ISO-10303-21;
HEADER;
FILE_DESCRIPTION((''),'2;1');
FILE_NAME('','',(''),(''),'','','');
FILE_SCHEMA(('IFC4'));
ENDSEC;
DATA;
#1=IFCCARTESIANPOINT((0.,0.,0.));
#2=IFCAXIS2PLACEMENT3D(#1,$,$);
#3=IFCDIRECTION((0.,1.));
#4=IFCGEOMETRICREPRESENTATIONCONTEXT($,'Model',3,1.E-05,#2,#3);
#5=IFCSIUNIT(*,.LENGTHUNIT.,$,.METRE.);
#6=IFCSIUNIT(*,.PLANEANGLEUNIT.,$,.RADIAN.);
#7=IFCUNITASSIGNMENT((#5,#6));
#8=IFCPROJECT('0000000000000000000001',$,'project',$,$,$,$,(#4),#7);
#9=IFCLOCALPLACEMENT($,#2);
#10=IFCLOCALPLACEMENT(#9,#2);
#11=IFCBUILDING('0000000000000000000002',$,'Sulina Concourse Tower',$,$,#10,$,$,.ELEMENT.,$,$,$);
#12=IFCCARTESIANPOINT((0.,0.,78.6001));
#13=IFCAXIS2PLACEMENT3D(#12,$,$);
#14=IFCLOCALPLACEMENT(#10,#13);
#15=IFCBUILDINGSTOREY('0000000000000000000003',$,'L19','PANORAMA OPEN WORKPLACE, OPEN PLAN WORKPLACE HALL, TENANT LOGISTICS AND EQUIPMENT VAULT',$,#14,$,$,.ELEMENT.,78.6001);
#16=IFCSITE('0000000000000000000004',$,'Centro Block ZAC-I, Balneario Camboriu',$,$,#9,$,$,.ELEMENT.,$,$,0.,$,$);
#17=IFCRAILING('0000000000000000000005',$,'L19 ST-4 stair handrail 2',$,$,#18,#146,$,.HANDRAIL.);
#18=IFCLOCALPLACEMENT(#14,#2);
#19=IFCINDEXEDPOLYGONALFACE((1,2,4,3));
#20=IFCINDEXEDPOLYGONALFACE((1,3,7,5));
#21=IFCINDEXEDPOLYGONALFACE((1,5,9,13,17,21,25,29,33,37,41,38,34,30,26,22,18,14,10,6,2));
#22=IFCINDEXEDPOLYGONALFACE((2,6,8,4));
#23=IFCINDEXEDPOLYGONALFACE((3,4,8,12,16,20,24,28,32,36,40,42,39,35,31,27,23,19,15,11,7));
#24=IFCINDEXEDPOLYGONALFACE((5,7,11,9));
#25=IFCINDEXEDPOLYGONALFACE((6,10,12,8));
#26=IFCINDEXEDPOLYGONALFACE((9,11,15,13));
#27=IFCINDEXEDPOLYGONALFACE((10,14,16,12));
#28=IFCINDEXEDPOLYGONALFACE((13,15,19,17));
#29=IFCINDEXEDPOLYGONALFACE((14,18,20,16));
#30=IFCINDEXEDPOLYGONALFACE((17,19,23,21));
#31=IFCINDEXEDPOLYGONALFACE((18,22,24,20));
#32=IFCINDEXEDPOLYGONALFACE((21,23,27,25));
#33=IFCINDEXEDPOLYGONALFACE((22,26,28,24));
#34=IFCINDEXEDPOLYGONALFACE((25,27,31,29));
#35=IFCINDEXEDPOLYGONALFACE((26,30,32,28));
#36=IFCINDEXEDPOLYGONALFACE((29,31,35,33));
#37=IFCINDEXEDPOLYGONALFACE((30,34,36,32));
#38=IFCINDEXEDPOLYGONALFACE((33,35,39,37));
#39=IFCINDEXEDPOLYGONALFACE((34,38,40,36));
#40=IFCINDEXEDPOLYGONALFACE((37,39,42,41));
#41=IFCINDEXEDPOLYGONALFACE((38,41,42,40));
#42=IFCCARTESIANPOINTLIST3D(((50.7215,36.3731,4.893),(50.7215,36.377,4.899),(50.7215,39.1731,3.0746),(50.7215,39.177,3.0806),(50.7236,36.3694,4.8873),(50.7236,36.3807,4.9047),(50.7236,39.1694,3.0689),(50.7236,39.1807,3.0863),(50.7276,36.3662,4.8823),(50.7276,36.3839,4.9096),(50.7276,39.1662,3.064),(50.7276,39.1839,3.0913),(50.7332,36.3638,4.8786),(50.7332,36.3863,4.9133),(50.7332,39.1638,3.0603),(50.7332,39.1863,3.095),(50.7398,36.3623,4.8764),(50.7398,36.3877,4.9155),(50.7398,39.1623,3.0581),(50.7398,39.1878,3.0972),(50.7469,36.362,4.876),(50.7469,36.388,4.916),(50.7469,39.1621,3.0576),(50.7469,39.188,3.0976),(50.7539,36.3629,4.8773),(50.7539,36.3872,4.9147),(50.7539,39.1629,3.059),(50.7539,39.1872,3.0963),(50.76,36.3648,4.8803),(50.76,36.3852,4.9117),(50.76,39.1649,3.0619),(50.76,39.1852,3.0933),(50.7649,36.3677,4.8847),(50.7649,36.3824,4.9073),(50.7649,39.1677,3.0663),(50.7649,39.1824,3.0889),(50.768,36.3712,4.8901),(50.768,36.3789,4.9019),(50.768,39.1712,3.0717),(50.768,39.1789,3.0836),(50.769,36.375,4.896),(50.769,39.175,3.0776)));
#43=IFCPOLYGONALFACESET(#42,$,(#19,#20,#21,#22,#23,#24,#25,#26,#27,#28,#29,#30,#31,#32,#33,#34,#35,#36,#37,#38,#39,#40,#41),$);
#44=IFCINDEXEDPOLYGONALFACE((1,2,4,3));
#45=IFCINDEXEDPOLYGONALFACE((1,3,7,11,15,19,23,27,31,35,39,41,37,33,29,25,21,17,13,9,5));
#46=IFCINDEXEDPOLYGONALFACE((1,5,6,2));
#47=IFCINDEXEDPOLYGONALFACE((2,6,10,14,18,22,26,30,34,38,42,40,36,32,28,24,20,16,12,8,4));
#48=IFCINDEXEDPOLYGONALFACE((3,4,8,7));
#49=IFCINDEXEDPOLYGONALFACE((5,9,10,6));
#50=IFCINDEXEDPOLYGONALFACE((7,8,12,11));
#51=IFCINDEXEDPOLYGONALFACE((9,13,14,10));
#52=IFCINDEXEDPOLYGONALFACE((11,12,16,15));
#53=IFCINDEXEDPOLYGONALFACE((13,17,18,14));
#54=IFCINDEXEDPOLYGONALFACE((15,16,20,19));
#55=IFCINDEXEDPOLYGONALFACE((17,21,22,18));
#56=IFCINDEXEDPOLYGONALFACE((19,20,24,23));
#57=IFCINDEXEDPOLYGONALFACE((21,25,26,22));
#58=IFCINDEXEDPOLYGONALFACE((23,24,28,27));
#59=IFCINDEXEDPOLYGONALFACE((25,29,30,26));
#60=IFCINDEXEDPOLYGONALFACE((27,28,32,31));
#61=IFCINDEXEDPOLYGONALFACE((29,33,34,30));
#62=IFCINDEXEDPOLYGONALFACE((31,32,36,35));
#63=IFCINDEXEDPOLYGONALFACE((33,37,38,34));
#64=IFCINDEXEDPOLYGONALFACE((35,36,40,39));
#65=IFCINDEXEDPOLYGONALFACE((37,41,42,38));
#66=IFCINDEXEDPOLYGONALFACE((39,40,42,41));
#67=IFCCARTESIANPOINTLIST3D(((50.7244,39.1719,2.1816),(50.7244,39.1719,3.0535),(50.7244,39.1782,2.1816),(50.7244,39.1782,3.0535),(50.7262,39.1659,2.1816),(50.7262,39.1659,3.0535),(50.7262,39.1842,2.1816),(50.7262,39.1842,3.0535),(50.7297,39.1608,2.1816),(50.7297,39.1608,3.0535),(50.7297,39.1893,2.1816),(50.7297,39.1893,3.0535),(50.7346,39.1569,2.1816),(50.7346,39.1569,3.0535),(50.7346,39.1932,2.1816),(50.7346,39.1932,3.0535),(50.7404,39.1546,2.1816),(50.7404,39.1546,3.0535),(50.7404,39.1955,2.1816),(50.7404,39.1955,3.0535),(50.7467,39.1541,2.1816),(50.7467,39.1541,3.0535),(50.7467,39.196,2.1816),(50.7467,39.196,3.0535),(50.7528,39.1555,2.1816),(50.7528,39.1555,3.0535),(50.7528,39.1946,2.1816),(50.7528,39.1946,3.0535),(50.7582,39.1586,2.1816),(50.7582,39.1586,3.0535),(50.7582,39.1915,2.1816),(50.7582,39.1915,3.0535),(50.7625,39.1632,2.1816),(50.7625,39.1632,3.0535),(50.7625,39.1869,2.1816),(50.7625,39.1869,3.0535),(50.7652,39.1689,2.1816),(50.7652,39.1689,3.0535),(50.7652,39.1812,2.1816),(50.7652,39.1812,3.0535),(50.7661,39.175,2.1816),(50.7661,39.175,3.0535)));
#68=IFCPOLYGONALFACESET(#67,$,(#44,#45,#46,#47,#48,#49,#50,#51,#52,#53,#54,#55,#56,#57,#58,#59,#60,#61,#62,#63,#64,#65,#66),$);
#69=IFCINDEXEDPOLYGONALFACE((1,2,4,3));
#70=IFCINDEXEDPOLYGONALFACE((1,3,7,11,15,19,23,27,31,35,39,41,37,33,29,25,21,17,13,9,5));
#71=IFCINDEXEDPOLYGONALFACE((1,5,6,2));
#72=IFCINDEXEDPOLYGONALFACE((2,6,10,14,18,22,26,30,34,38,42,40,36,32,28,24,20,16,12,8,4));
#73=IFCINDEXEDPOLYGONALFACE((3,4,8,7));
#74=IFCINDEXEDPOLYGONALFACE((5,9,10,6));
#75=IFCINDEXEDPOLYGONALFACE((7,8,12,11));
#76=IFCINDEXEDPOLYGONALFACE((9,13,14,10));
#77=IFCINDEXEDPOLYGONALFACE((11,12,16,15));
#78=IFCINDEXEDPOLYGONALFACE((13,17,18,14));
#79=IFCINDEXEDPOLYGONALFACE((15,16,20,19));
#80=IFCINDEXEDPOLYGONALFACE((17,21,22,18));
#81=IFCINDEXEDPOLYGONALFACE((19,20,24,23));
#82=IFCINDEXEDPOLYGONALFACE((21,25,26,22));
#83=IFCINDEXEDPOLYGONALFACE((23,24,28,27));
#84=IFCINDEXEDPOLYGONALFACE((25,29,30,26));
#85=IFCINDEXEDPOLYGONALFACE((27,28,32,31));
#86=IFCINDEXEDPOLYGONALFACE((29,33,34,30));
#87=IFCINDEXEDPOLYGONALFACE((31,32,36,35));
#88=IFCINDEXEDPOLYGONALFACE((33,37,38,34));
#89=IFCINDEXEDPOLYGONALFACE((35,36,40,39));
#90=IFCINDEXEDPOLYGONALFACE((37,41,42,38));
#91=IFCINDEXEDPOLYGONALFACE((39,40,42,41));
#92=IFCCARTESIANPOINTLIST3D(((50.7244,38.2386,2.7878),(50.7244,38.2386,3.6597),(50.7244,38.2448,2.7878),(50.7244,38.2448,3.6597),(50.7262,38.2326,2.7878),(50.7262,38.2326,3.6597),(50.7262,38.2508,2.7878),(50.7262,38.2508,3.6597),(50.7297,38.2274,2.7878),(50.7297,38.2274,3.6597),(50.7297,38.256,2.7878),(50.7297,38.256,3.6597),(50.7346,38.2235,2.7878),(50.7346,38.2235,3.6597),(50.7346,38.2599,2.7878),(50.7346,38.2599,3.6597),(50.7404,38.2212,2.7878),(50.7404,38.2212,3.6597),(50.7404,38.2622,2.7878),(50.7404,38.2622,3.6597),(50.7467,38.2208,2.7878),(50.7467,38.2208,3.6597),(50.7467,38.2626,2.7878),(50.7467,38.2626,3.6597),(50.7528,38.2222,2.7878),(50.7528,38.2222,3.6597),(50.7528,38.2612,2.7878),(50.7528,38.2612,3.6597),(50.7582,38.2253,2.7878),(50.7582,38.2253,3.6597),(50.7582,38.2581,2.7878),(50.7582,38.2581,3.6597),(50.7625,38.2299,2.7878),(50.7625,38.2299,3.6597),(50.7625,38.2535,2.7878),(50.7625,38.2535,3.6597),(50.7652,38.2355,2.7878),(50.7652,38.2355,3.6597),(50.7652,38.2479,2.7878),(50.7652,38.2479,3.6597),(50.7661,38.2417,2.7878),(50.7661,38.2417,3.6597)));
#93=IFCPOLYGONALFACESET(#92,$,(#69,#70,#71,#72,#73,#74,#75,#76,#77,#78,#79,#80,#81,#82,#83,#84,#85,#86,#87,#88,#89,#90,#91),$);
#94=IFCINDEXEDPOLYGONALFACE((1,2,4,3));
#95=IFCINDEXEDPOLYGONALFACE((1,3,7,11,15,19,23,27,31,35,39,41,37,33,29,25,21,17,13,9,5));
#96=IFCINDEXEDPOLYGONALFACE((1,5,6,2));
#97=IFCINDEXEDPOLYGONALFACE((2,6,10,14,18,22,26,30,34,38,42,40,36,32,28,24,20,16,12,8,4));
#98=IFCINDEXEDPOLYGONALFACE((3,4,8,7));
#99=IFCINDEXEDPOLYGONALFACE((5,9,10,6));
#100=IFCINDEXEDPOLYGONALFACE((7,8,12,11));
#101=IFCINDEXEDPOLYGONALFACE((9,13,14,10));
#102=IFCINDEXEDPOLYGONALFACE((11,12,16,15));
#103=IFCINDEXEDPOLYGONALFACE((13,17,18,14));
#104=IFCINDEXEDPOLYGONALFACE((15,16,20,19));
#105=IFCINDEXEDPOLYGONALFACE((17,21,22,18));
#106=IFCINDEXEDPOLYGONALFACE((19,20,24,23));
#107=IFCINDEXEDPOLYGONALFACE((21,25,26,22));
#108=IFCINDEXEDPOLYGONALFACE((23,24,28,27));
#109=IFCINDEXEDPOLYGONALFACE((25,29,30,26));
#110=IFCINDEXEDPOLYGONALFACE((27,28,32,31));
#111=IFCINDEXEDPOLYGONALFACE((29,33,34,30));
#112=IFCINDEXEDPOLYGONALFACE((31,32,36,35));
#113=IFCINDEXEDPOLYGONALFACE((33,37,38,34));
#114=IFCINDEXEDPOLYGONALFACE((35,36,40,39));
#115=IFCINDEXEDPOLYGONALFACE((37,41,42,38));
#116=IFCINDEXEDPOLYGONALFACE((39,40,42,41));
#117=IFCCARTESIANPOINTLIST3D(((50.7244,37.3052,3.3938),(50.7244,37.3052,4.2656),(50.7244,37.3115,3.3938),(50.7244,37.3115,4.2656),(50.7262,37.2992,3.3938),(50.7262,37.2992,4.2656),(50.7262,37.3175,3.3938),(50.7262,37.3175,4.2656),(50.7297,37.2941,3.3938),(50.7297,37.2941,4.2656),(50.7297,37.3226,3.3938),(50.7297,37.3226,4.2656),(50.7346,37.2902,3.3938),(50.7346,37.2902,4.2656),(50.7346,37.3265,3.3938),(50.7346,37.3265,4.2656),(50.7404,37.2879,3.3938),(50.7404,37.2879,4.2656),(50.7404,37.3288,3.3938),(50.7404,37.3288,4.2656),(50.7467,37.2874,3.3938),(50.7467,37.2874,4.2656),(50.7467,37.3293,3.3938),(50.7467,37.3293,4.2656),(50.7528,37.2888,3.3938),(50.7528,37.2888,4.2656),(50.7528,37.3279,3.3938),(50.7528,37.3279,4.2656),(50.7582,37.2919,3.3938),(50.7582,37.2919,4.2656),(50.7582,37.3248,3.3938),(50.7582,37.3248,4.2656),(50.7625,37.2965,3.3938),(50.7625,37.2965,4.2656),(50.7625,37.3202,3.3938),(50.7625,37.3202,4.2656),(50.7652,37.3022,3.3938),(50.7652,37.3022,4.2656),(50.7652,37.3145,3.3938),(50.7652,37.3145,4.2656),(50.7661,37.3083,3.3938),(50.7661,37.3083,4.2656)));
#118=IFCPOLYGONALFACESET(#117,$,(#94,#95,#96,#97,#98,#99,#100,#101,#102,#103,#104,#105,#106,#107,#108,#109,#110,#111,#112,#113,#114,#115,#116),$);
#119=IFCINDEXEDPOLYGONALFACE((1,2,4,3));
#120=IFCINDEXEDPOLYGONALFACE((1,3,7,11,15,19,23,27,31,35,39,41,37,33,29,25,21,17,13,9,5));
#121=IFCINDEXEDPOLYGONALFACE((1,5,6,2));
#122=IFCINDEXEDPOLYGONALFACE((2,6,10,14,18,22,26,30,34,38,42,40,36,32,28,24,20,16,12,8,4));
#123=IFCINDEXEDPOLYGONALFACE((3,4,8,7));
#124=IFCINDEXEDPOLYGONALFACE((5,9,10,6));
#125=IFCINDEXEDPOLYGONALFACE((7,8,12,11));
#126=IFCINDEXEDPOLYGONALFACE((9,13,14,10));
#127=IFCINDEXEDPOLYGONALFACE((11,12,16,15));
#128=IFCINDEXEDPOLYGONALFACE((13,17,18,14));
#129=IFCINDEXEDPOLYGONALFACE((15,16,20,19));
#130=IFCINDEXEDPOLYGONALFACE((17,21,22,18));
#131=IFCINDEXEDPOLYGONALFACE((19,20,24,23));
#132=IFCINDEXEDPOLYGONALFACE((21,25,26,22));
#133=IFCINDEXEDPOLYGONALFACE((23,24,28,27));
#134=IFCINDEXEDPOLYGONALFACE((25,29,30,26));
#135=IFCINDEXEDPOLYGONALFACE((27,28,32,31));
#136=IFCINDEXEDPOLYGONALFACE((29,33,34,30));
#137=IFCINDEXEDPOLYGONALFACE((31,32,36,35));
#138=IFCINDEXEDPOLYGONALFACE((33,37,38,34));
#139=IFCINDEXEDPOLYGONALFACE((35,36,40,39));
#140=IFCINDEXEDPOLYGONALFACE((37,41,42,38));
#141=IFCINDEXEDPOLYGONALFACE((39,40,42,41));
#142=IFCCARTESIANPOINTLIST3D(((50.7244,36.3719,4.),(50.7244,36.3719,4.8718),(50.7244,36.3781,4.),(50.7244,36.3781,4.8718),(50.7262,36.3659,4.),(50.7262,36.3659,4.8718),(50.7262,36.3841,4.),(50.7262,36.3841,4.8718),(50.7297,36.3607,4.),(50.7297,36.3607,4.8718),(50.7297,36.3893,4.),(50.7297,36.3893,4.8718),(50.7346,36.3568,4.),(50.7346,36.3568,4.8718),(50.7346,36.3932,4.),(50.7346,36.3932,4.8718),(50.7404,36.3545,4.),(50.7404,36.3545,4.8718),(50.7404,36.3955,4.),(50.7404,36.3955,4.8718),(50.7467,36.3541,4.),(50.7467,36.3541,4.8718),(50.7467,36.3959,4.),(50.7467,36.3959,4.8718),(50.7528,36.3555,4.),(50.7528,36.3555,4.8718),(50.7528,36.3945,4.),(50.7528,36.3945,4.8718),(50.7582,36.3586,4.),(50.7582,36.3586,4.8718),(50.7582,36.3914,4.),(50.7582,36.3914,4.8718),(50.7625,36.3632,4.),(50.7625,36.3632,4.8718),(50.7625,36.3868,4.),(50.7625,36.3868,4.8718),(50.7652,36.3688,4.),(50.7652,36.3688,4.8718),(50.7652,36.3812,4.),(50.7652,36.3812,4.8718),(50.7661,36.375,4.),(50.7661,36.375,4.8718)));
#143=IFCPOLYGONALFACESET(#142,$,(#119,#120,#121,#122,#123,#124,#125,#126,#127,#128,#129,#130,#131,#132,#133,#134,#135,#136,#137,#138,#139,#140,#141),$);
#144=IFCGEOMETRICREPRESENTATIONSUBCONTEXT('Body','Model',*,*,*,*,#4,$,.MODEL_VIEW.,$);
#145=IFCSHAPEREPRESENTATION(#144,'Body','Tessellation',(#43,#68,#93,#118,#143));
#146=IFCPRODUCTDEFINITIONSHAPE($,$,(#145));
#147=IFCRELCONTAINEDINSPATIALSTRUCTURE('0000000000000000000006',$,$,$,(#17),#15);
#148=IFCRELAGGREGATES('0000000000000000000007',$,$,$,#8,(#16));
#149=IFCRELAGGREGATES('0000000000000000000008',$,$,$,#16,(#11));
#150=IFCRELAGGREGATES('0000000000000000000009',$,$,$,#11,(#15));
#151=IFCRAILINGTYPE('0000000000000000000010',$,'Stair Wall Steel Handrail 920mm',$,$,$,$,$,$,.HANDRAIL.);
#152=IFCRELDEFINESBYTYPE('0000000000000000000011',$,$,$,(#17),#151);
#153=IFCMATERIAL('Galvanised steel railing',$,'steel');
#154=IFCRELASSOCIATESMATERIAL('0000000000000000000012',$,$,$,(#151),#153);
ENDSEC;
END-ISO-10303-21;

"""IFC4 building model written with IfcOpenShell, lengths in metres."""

from ifc_helpers import new_model, si_unit, direction, frame, origin, origin_2d, place, context, subcontext, project, spatial, circle, extrude, material, type_object, element, save


model = new_model("IFC4")

# Units and contexts
model_context = context("Model", 3, precision=1e-05, world=origin(), true_north=direction((0.0, 1.0)))
body_context = subcontext(model_context, "Body", "Model", "MODEL_VIEW")
ifc_project = project(units=[si_unit("LENGTHUNIT", "METRE"), si_unit("PLANEANGLEUNIT", "RADIAN")], contexts=[model_context])

# Site, building, storey
site_placement = place(None, origin())
site = spatial("IfcSite", under=ifc_project, at=site_placement, Name="Centro Block ZAC-I, Balneario Camboriu", CompositionType="ELEMENT", RefElevation=0.0)
building_placement = place(site_placement, origin())
building = spatial("IfcBuilding", under=site, at=building_placement, Name="Sulina Concourse Tower", CompositionType="ELEMENT")
storey_placement = place(building_placement, frame((0.0, 0.0, 78.6001)))
storey = spatial("IfcBuildingStorey", under=building, at=storey_placement, Name="L19", Description="PANORAMA OPEN WORKPLACE, OPEN PLAN WORKPLACE HALL, TENANT LOGISTICS AND EQUIPMENT VAULT", CompositionType="ELEMENT", Elevation=78.6001)

# Railing
ifc_material_1 = material(Name="Galvanised steel railing", Category="steel")
railing_type_1 = type_object("IfcRailingType", Name="Stair Wall Steel Handrail 920mm", PredefinedType="HANDRAIL", material=ifc_material_1)
railing_1_placement = place(storey_placement, frame((50.7451, 39.175, 2.1816)))
element("IfcRailing", 1, at=railing_1_placement, inside=storey, type_object=railing_type_1, Name="L19 ST-4 stair handrail 2", PredefinedType="HANDRAIL", context=body_context, shape_type="SweptSolid", body=[
    extrude(circle(Radius=0.0239, at=origin_2d()), frame((0.0, 0.0, 0.896), z_axis=(0.0, -0.838672, 0.544636), x_axis=(1.0, 0.0, 0.0)), (0.0, 0.0, 1.0), 3.3386),
    extrude(circle(Radius=0.021, at=origin_2d()), origin(), (0.0, 0.0, 1.0), 0.8718),
    extrude(circle(Radius=0.021, at=origin_2d()), frame((0.0, -0.9333, 0.6062)), (0.0, 0.0, 1.0), 0.8718),
    extrude(circle(Radius=0.021, at=origin_2d()), frame((0.0, -1.8667, 1.2122)), (0.0, 0.0, 1.0), 0.8718),
    extrude(circle(Radius=0.021, at=origin_2d()), frame((0.0, -2.8, 1.8184)), (0.0, 0.0, 1.0), 0.8718),
])

save(model, "model.ifc")
